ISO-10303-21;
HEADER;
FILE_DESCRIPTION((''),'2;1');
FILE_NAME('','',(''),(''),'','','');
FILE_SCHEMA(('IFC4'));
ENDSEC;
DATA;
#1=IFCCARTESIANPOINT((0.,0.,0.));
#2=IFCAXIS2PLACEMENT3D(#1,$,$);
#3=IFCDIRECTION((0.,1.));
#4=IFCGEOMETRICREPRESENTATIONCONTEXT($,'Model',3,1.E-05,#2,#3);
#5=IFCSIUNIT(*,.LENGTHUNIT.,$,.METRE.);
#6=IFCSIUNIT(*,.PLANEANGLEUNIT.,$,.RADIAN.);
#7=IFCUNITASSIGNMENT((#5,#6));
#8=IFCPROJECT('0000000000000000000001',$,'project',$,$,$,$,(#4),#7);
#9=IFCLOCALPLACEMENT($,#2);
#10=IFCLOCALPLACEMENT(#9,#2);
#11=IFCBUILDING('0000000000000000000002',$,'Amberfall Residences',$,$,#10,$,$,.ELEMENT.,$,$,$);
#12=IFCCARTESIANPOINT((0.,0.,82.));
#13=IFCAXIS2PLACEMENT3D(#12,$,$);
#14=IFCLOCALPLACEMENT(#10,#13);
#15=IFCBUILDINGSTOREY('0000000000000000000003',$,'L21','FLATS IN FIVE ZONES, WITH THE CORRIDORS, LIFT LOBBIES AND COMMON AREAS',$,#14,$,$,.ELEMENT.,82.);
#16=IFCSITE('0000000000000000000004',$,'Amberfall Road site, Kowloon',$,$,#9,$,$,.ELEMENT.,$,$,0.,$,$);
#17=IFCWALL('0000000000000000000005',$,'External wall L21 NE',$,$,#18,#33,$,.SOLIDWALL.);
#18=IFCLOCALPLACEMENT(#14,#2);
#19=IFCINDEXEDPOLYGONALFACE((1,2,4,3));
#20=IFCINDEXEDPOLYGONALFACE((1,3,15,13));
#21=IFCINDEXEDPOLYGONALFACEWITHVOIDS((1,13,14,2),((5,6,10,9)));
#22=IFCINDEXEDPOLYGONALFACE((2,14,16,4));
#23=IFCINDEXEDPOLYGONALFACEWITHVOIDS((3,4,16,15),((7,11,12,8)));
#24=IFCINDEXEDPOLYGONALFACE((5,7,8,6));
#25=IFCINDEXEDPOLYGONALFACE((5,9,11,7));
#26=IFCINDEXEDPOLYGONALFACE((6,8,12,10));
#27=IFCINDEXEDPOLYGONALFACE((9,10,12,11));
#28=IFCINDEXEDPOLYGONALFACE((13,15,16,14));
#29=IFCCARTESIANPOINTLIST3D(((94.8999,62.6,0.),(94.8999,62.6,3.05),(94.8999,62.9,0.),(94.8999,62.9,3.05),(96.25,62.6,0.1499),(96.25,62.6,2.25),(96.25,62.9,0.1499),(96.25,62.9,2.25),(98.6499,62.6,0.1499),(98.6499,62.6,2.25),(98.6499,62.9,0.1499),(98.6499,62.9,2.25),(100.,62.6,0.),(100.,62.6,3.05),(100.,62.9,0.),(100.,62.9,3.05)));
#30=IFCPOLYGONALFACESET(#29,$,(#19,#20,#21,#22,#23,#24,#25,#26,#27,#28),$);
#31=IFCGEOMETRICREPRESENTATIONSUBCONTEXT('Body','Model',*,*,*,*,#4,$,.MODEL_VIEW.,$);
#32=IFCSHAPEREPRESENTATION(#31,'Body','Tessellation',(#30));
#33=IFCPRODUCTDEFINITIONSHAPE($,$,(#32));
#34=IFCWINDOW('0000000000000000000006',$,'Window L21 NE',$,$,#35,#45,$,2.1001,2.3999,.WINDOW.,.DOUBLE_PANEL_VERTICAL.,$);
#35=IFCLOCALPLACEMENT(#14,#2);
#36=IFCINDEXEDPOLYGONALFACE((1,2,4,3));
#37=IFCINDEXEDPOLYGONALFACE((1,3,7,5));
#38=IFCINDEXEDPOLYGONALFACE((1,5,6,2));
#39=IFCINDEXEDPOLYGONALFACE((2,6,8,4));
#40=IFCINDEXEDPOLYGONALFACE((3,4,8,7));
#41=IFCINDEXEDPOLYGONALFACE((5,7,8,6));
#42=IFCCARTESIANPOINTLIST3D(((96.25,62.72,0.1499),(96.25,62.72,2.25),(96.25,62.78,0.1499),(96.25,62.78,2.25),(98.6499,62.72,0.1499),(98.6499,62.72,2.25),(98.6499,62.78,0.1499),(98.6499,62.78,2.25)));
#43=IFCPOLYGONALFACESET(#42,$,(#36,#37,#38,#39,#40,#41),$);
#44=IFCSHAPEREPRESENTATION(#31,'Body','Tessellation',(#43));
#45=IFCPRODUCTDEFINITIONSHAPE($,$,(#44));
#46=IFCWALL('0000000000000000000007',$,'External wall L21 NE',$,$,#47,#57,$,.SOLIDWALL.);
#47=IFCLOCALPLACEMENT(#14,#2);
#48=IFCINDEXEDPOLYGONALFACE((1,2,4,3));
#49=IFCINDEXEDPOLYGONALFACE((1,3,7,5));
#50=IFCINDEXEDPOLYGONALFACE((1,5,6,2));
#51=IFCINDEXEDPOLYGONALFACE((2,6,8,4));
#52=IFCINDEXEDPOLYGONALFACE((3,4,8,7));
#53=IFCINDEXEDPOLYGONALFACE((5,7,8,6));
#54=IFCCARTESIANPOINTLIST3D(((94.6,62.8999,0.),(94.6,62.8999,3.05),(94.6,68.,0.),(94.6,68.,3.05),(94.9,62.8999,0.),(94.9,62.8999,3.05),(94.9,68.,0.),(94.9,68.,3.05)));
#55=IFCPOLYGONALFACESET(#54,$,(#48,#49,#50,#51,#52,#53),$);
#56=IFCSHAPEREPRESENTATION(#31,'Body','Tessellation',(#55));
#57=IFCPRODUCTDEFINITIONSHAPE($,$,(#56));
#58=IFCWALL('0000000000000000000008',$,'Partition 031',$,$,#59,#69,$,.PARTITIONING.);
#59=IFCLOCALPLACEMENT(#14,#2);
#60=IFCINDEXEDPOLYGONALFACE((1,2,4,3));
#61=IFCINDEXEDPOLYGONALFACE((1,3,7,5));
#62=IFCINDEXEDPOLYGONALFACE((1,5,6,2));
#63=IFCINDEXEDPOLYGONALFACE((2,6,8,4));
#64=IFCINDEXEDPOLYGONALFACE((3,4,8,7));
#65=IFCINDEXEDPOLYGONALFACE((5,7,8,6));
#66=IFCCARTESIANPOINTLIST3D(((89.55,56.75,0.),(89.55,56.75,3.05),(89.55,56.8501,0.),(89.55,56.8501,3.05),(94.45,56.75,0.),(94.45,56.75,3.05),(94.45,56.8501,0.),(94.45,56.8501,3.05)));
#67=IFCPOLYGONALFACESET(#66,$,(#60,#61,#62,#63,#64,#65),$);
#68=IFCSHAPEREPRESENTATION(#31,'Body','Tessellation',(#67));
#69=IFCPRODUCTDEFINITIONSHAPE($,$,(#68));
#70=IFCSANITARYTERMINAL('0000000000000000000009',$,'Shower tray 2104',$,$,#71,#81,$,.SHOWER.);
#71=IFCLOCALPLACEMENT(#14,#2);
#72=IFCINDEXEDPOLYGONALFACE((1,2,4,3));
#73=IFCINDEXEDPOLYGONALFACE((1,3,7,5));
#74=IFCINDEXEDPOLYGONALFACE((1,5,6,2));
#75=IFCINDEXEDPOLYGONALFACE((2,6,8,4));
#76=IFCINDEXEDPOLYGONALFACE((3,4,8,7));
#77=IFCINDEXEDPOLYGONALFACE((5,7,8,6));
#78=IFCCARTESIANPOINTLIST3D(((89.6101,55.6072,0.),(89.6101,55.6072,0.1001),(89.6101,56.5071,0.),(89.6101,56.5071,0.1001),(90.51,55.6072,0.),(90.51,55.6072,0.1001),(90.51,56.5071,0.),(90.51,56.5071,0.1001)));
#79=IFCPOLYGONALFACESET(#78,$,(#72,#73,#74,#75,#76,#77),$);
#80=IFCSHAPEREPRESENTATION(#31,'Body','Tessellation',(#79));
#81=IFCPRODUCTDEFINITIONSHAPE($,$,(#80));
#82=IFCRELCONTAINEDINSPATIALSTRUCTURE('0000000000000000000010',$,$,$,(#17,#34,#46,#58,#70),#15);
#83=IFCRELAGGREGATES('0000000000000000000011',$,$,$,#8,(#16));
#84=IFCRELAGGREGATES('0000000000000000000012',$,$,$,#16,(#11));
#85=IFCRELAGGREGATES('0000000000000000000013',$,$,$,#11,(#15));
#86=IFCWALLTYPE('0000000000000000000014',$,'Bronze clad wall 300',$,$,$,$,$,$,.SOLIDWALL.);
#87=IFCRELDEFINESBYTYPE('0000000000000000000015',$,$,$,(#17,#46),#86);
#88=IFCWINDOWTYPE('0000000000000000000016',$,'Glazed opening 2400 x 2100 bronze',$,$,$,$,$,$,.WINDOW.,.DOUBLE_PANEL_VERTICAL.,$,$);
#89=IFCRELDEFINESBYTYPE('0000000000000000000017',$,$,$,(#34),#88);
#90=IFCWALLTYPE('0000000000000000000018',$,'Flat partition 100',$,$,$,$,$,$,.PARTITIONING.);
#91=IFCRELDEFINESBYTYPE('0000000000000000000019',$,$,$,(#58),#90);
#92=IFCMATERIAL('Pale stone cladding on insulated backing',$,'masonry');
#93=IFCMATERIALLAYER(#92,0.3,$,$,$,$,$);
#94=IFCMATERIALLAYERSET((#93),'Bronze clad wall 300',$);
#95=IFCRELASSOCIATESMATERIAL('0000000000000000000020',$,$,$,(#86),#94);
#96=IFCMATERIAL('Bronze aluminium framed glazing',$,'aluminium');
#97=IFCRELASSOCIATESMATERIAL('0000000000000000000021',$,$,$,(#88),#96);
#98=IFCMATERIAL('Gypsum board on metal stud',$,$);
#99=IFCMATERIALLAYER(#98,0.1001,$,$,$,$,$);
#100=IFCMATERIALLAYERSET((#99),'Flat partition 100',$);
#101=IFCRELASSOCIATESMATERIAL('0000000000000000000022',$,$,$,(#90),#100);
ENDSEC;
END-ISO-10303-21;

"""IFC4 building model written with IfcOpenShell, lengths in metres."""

from ifc_helpers import new_model, si_unit, direction, frame, frame_2d, origin, origin_2d, place, context, subcontext, project, spatial, rectangle, extrude, material, layer, layer_set, type_object, element, fill, save


model = new_model("IFC4")

# Units and contexts
model_context = context("Model", 3, precision=1e-05, world=origin(), true_north=direction((0.0, 1.0)))
body_context = subcontext(model_context, "Body", "Model", "MODEL_VIEW")
ifc_project = project(units=[si_unit("LENGTHUNIT", "METRE"), si_unit("PLANEANGLEUNIT", "RADIAN")], contexts=[model_context])

# Site, building, storey
site_placement = place(None, origin())
site = spatial("IfcSite", under=ifc_project, at=site_placement, Name="Amberfall Road site, Kowloon", CompositionType="ELEMENT", RefElevation=0.0)
building_placement = place(site_placement, origin())
building = spatial("IfcBuilding", under=site, at=building_placement, Name="Amberfall Residences", CompositionType="ELEMENT")
storey_placement = place(building_placement, frame((0.0, 0.0, 82.0)))
storey = spatial("IfcBuildingStorey", under=building, at=storey_placement, Name="L21", Description="FLATS IN FIVE ZONES, WITH THE CORRIDORS, LIFT LOBBIES AND COMMON AREAS", CompositionType="ELEMENT", Elevation=82.0)

# Wall, opening, window
ifc_material_1 = material(Name="Pale stone cladding on insulated backing", Category="masonry")
ifc_layer_1 = layer(ifc_material_1, 0.3)
ifc_layer_set_1 = layer_set([ifc_layer_1], Name="Bronze clad wall 300")
wall_type_1 = type_object("IfcWallType", Name="Bronze clad wall 300", PredefinedType="SOLIDWALL", material=ifc_layer_set_1)
wall_1_placement = place(storey_placement, frame((100.0, 62.75, 0.0), z_axis=(0.0, 0.0, 1.0), x_axis=(-1.0, 0.0, 0.0)))
wall_1 = element("IfcWall", 1, at=wall_1_placement, inside=storey, type_object=wall_type_1, Name="External wall L21 NE", PredefinedType="SOLIDWALL", context=body_context, shape_type="SweptSolid", body=[
    extrude(rectangle(XDim=5.1001, YDim=0.3, at=frame_2d((2.55, 0.0))), origin(), (0.0, 0.0, 1.0), 3.05),
])
opening_placement = place(wall_1_placement, frame((1.3501, 0.0, 0.1499)))
opening = element("IfcOpeningElement", 2, at=opening_placement, cuts=wall_1, PredefinedType="OPENING", context=body_context, shape_type="SweptSolid", body=[
    extrude(rectangle(XDim=2.3999, YDim=2.1001, at=frame_2d((1.2, 1.05))), frame((0.0, 0.1599, 0.0), z_axis=(0.0, -1.0, 0.0), x_axis=(1.0, 0.0, 0.0)), (0.0, 0.0, 1.0), 0.3201),
])
ifc_material_2 = material(Name="Bronze aluminium framed glazing", Category="aluminium")
window_type = type_object("IfcWindowType", Name="Glazed opening 2400 x 2100 bronze", PartitioningType="DOUBLE_PANEL_VERTICAL", PredefinedType="WINDOW", material=ifc_material_2)
window_placement = place(opening_placement, origin())
window = element("IfcWindow", 3, at=window_placement, inside=storey, type_object=window_type, Name="Window L21 NE", OverallHeight=2.1001, OverallWidth=2.3999, PartitioningType="DOUBLE_PANEL_VERTICAL", PredefinedType="WINDOW", context=body_context, shape_type="SweptSolid", body=[
    extrude(rectangle(XDim=2.3999, YDim=2.1001, at=frame_2d((1.2, 1.05))), frame((0.0, 0.03, 0.0), z_axis=(0.0, -1.0, 0.0), x_axis=(1.0, 0.0, 0.0)), (0.0, 0.0, 1.0), 0.0601),
])
fill(opening, window)

# Walls
wall_2_placement = place(storey_placement, frame((94.75, 62.8999, 0.0), z_axis=(0.0, 0.0, 1.0), x_axis=(0.0, 1.0, 0.0)))
element("IfcWall", 4, at=wall_2_placement, inside=storey, type_object=wall_type_1, Name="External wall L21 NE", PredefinedType="SOLIDWALL", context=body_context, shape_type="SweptSolid", body=[
    extrude(rectangle(XDim=5.1001, YDim=0.3, at=frame_2d((2.55, 0.0))), origin(), (0.0, 0.0, 1.0), 3.05),
])
ifc_material_3 = material(Name="Gypsum board on metal stud")
ifc_layer_2 = layer(ifc_material_3, 0.1001)
ifc_layer_set_2 = layer_set([ifc_layer_2], Name="Flat partition 100")
wall_type_2 = type_object("IfcWallType", Name="Flat partition 100", PredefinedType="PARTITIONING", material=ifc_layer_set_2)
wall_3_placement = place(storey_placement, frame((89.55, 56.8, 0.0), z_axis=(0.0, 0.0, 1.0), x_axis=(1.0, 0.0, 0.0)))
element("IfcWall", 5, at=wall_3_placement, inside=storey, type_object=wall_type_2, Name="Partition 031", PredefinedType="PARTITIONING", context=body_context, shape_type="SweptSolid", body=[
    extrude(rectangle(XDim=4.8999, YDim=0.1001, at=frame_2d((2.45, 0.0))), origin(), (0.0, 0.0, 1.0), 3.05),
])

# Sanitary terminal
sanitary_terminal_placement = place(storey_placement, frame((90.0601, 56.0571, 0.0), z_axis=(0.0, 0.0, 1.0), x_axis=(1.0, 0.0, 0.0)))
element("IfcSanitaryTerminal", 6, at=sanitary_terminal_placement, inside=storey, Name="Shower tray 2104", PredefinedType="SHOWER", context=body_context, shape_type="SweptSolid", body=[
    extrude(rectangle(XDim=0.8999, YDim=0.8999, at=origin_2d()), origin(), (0.0, 0.0, 1.0), 0.1001),
])

save(model, "model.ifc")
